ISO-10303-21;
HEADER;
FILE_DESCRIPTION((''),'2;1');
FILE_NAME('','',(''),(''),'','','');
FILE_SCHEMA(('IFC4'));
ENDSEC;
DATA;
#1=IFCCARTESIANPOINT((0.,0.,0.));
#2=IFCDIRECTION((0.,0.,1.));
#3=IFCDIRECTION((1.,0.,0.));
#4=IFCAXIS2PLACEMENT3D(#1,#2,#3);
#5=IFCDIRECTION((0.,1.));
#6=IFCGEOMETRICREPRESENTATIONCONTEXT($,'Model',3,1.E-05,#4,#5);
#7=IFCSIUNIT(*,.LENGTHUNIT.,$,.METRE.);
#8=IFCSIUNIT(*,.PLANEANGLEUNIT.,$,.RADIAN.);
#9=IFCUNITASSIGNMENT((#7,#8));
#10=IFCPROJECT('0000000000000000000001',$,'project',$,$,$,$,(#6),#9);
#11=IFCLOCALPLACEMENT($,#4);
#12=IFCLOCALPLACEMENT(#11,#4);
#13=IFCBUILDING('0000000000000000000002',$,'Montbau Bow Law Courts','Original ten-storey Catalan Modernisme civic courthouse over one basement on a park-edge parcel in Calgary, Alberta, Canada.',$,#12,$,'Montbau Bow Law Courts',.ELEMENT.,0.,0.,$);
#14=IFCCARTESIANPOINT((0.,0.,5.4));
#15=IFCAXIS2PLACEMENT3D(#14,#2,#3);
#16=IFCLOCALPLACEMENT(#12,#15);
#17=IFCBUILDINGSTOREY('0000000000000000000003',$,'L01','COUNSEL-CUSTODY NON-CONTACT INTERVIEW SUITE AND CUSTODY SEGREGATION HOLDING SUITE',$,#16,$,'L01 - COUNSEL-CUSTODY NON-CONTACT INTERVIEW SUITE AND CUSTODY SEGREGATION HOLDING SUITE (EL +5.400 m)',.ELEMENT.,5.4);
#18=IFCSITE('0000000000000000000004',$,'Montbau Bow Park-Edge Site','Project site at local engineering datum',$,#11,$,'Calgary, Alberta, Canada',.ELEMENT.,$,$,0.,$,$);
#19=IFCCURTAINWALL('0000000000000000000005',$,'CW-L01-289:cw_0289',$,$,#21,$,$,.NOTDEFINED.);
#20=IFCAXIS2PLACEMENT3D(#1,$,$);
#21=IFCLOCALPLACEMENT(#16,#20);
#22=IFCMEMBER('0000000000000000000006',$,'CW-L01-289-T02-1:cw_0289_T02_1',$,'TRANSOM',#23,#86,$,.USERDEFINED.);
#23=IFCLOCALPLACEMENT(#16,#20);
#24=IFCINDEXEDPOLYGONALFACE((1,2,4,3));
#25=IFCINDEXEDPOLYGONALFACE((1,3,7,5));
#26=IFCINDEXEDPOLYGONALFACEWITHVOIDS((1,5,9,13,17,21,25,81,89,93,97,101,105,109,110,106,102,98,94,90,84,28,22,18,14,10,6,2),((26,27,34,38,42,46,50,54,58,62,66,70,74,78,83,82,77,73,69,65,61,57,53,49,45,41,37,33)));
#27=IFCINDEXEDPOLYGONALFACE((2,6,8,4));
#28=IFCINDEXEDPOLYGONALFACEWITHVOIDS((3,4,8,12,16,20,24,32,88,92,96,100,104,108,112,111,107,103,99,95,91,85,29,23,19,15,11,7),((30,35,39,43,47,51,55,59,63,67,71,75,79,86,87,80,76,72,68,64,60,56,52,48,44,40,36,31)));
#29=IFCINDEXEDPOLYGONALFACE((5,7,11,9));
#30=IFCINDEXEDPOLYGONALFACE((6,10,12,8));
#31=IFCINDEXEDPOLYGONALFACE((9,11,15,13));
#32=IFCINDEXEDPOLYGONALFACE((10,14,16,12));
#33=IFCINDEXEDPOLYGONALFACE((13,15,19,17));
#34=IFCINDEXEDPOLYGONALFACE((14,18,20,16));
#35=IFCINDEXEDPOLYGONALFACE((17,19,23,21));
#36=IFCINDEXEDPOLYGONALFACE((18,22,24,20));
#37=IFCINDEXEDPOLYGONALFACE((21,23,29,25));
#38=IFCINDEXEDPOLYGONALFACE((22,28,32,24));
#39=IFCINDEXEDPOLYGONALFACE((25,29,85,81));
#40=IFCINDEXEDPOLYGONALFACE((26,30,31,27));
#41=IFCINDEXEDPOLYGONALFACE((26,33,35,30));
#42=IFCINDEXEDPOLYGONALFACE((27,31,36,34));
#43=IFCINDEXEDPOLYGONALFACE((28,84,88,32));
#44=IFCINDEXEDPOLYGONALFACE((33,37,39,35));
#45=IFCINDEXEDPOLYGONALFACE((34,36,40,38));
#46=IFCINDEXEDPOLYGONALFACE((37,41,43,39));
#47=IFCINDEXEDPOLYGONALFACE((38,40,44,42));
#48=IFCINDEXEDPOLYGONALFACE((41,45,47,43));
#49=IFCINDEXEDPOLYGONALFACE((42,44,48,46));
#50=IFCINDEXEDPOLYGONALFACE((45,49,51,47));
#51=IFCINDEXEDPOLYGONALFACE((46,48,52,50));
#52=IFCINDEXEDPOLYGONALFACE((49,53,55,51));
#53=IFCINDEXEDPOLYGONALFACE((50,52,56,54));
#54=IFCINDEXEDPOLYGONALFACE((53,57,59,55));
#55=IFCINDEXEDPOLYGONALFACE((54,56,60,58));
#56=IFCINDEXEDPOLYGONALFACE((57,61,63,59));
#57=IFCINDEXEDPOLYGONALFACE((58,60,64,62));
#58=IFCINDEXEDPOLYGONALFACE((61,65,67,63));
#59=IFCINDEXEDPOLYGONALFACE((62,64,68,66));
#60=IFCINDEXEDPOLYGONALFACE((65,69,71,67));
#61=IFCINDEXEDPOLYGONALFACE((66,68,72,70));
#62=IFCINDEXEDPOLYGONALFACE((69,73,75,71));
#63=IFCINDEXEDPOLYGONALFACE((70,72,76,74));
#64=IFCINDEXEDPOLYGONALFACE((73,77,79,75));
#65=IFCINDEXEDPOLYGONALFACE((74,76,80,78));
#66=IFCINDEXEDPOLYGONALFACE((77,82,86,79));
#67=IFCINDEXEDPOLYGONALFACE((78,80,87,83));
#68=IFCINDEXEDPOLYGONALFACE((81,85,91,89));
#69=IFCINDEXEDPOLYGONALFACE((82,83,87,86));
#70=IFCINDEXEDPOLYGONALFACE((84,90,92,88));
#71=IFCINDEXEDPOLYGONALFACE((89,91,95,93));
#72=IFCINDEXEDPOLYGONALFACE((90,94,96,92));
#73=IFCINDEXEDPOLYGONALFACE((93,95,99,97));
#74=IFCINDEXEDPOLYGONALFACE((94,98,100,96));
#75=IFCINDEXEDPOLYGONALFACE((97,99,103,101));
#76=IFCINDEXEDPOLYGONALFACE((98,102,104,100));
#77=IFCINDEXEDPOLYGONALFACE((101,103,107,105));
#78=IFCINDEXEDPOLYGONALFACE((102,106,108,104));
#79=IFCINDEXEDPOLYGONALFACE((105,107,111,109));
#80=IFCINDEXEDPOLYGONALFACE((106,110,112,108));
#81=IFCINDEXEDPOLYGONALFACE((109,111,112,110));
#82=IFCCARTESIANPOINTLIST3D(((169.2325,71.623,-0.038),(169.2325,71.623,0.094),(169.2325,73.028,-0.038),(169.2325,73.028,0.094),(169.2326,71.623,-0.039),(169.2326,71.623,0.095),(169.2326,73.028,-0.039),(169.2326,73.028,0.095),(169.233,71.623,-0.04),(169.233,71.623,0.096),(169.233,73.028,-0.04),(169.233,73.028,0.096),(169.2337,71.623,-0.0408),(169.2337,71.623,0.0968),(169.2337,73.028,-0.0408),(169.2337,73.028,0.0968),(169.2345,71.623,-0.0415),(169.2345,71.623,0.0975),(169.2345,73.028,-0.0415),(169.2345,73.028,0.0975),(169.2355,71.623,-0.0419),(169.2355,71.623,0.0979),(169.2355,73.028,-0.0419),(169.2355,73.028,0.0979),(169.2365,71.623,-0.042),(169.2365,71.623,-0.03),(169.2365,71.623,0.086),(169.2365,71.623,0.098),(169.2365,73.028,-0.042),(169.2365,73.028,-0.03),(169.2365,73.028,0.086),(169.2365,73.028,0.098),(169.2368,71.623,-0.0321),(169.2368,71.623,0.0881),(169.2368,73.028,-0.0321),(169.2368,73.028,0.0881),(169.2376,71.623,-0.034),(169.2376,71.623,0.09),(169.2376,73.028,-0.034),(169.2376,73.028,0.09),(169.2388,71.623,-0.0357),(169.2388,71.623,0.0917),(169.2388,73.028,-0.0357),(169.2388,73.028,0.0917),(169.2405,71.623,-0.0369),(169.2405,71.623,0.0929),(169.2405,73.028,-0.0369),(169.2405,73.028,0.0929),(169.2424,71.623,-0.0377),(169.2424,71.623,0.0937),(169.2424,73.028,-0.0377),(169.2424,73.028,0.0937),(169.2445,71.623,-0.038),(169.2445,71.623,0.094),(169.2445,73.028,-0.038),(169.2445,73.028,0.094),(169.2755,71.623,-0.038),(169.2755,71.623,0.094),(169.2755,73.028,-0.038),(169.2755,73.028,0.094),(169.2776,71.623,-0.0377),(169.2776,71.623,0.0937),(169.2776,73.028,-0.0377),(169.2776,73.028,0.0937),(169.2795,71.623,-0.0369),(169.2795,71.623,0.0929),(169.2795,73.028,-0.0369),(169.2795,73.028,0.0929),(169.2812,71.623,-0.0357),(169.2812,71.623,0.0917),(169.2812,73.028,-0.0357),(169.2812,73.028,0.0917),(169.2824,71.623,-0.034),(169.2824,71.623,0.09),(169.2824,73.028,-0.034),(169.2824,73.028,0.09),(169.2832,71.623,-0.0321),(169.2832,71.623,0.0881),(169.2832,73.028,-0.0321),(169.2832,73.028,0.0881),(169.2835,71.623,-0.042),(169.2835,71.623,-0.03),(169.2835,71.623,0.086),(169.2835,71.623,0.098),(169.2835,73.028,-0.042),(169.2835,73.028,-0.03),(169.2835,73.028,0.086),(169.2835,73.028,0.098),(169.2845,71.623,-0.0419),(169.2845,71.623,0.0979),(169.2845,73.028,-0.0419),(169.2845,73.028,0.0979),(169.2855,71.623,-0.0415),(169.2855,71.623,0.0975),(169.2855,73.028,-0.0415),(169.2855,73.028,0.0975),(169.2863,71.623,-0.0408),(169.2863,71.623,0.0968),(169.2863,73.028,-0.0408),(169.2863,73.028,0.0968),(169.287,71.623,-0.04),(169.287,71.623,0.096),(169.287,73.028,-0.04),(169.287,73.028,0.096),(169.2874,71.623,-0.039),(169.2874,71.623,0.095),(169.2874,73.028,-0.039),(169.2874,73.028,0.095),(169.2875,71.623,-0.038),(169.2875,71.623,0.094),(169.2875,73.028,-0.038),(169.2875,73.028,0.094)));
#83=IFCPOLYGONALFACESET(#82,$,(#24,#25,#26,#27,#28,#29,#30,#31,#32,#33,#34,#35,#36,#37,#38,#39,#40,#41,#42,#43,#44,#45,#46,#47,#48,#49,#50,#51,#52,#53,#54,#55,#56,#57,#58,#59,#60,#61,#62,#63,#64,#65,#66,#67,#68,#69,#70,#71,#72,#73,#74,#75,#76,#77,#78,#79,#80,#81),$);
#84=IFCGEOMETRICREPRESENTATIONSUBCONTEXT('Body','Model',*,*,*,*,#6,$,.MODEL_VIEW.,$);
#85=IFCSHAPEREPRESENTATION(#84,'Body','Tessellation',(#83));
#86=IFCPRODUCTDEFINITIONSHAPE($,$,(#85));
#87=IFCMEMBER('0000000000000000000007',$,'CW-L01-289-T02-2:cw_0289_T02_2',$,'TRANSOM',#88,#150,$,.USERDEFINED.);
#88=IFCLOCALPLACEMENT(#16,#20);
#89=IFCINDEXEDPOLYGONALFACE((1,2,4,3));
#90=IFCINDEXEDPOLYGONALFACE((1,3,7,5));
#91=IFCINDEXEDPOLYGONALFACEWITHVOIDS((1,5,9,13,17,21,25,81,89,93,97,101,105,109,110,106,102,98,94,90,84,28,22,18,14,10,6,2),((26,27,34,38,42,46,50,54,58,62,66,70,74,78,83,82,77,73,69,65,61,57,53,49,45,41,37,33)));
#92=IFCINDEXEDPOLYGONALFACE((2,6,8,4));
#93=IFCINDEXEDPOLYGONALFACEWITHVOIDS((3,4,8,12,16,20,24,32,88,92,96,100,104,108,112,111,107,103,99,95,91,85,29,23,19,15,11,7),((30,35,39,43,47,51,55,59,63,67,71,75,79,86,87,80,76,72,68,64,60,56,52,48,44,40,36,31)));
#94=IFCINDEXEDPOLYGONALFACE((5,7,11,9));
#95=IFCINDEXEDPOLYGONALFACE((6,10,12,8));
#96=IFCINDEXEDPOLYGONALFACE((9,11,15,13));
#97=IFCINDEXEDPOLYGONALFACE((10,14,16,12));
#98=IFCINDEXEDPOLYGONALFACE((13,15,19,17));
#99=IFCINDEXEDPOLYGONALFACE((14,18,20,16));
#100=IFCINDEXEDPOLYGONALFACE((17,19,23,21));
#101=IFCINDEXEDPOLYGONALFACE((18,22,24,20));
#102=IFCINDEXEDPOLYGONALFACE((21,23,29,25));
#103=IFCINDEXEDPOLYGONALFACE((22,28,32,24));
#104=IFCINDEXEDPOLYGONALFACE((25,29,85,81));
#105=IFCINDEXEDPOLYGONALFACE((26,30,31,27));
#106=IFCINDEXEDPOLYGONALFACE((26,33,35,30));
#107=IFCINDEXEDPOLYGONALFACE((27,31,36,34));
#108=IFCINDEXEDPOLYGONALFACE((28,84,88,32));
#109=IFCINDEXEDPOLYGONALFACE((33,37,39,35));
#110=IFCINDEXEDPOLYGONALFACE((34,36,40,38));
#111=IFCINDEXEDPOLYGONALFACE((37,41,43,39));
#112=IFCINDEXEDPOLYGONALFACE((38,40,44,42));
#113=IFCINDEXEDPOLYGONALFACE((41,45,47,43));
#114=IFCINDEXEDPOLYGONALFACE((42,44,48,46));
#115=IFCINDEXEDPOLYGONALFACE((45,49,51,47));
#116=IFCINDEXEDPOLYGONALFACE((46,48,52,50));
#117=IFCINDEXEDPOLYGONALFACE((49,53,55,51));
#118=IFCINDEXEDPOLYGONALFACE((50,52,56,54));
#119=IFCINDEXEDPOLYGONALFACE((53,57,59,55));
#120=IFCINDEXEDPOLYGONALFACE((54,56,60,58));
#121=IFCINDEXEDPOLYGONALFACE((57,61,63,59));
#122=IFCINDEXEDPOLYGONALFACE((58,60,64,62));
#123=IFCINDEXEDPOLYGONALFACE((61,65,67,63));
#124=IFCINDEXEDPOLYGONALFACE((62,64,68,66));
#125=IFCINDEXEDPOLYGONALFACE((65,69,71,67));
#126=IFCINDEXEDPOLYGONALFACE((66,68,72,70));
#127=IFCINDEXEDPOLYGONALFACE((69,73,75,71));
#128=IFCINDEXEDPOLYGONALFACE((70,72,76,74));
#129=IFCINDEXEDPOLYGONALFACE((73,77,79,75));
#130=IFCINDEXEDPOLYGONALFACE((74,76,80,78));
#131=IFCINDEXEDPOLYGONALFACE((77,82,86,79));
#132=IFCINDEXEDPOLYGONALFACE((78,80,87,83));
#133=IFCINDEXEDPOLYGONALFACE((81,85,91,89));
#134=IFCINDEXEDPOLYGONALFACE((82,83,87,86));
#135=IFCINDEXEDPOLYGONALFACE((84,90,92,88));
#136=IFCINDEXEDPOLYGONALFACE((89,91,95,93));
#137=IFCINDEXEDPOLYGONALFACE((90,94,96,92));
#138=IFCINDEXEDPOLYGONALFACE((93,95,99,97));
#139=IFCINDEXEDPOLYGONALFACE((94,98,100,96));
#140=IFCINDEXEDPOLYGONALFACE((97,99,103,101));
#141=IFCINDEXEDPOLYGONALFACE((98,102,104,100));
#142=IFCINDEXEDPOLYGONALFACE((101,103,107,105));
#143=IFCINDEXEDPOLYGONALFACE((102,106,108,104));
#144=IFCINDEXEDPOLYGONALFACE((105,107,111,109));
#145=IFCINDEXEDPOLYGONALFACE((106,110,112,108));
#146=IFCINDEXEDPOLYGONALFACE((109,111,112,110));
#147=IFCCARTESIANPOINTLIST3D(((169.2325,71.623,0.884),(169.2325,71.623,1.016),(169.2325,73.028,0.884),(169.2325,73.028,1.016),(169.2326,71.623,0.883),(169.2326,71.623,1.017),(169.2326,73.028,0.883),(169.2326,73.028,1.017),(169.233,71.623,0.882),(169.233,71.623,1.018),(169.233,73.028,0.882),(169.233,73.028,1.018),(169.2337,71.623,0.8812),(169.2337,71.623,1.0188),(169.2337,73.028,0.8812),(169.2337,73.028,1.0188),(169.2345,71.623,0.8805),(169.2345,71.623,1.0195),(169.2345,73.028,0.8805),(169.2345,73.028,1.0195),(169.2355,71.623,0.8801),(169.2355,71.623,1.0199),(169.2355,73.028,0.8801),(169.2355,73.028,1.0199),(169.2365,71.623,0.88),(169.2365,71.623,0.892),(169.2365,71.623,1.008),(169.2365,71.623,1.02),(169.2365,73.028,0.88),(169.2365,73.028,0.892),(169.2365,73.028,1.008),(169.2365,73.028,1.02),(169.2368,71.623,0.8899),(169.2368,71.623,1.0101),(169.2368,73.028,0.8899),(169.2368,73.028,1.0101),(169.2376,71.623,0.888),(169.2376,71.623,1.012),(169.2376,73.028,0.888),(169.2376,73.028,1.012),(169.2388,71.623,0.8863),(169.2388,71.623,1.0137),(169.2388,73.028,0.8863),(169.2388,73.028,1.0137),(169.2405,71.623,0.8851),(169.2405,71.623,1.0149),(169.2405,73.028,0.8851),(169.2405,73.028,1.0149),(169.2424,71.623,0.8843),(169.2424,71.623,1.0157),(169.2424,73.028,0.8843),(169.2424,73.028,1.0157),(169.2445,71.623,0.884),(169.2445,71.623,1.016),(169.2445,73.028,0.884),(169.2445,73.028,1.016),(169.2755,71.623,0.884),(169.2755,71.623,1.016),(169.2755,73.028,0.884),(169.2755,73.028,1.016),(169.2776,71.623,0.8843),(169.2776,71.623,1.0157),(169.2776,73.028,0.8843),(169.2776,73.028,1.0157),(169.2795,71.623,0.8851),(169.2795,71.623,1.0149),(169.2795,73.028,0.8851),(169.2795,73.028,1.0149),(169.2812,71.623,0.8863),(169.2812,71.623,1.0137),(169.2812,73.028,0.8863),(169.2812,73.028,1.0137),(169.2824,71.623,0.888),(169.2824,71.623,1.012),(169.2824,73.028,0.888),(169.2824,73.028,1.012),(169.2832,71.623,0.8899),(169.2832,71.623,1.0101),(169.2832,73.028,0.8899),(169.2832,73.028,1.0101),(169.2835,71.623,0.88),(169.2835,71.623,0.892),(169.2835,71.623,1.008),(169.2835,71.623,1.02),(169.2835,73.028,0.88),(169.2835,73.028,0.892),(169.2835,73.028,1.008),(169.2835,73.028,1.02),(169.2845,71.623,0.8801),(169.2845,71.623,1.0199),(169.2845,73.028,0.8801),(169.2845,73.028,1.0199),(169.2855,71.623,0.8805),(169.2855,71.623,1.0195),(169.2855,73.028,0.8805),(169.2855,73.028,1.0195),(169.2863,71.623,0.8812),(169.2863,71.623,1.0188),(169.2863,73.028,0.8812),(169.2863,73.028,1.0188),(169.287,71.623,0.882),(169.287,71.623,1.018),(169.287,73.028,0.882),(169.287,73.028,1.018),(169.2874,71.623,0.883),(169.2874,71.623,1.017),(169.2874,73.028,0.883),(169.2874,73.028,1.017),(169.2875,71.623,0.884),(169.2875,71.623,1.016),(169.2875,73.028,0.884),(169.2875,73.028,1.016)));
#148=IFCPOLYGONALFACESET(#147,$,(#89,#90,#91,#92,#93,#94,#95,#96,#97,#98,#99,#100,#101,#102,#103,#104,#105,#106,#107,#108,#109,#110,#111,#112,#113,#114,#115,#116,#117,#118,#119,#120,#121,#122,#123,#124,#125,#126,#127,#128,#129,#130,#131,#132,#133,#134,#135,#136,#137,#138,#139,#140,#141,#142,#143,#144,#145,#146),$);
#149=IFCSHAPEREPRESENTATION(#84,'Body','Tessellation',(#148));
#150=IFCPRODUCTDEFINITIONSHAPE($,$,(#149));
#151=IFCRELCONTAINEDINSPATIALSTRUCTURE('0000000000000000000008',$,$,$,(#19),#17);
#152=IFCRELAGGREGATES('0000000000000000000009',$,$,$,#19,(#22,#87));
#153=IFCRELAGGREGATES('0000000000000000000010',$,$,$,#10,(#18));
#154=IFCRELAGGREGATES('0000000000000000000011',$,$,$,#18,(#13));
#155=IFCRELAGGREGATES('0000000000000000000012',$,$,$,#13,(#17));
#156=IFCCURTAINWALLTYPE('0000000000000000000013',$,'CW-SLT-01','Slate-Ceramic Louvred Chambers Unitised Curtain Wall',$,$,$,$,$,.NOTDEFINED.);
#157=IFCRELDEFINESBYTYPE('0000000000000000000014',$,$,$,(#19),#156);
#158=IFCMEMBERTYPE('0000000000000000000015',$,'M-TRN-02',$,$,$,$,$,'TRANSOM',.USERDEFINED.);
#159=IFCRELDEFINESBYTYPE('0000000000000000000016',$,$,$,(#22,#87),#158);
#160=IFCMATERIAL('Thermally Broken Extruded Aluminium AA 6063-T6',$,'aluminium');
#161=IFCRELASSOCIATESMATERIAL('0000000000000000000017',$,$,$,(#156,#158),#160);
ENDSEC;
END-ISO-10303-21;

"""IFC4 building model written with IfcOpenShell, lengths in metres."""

from ifc_helpers import new_model, si_unit, direction, frame, origin_with_axes, origin_2d_with_axis, place, context, subcontext, project, spatial, hollow_rectangle, extrude, material, material_profile, profile_set, type_object, element, aggregate, save


model = new_model("IFC4")

# Units and contexts
model_context = context("Model", 3, precision=1e-05, world=origin_with_axes(), true_north=direction((0.0, 1.0)))
body_context = subcontext(model_context, "Body", "Model", "MODEL_VIEW")
ifc_project = project(units=[si_unit("LENGTHUNIT", "METRE"), si_unit("PLANEANGLEUNIT", "RADIAN")], contexts=[model_context])

# Site, building, storey
site_placement = place(None, origin_with_axes())
site = spatial("IfcSite", under=ifc_project, at=site_placement, Name="Montbau Bow Park-Edge Site", Description="Project site at local engineering datum", LongName="Calgary, Alberta, Canada", CompositionType="ELEMENT", RefElevation=0.0)
building_placement = place(site_placement, origin_with_axes())
building = spatial("IfcBuilding", under=site, at=building_placement, Name="Montbau Bow Law Courts", Description="Original ten-storey Catalan Modernisme civic courthouse over one basement on a park-edge parcel in Calgary, Alberta, Canada.", LongName="Montbau Bow Law Courts", CompositionType="ELEMENT", ElevationOfRefHeight=0.0, ElevationOfTerrain=0.0)
storey_placement = place(building_placement, frame((0.0, 0.0, 5.4), z_axis=(0.0, 0.0, 1.0), x_axis=(1.0, 0.0, 0.0)))
storey = spatial("IfcBuildingStorey", under=building, at=storey_placement, Name="L01", Description="COUNSEL-CUSTODY NON-CONTACT INTERVIEW SUITE AND CUSTODY SEGREGATION HOLDING SUITE", LongName="L01 - COUNSEL-CUSTODY NON-CONTACT INTERVIEW SUITE AND CUSTODY SEGREGATION HOLDING SUITE (EL +5.400 m)", CompositionType="ELEMENT", Elevation=5.4)

# Shared definitions
ifc_material_1 = material(Name="Thermally Broken Extruded Aluminium AA 6063-T6", Category="aluminium")
curtain_wall_type = type_object("IfcCurtainWallType", Name="CW-SLT-01", Description="Slate-Ceramic Louvred Chambers Unitised Curtain Wall", PredefinedType="NOTDEFINED", material=ifc_material_1)

# Curtain wall, members
curtain_wall_1_placement = place(None, frame((169.26, 70.115, 5.4), z_axis=(0.0, 0.0, 1.0), x_axis=(1.0, 0.0, 0.0)))
curtain_wall_1 = element("IfcCurtainWall", 1, at=curtain_wall_1_placement, inside=storey, type_object=curtain_wall_type, Name="CW-L01-289:cw_0289", PredefinedType="NOTDEFINED")
ifc_material_profile_1 = material_profile(ifc_material_1, hollow_rectangle(XDim=0.055, YDim=0.14, WallThickness=0.004, InnerFilletRadius=0.008, OuterFilletRadius=0.004, at=origin_2d_with_axis()), Name="CWT-140X55", Category="Main", Priority=0)
ifc_profile_set_1 = profile_set([ifc_material_profile_1], Name="Thermally Broken Extruded Aluminium AA 6063-T6")
member_type_1 = type_object("IfcMemberType", Name="M-TRN-02", ElementType="TRANSOM", PredefinedType="USERDEFINED", material=ifc_profile_set_1)
member_1_placement = place(None, frame((169.26, 71.623, 5.428), z_axis=(0.0, 1.0, 0.0), x_axis=(-1.0, 0.0, 0.0)))
member_1 = element("IfcMember", 2, at=member_1_placement, type_object=member_type_1, Name="CW-L01-289-T02-1:cw_0289_T02_1", ObjectType="TRANSOM", PredefinedType="USERDEFINED", context=body_context, shape_type="SweptSolid", body=[
    extrude(hollow_rectangle(XDim=0.055, YDim=0.14, WallThickness=0.004, InnerFilletRadius=0.008, OuterFilletRadius=0.004, at=origin_2d_with_axis()), origin_with_axes(), (0.0, 0.0, 1.0), 1.405),
])
member_2_placement = place(None, frame((169.26, 71.623, 6.35), z_axis=(0.0, 1.0, 0.0), x_axis=(-1.0, 0.0, 0.0)))
member_2 = element("IfcMember", 3, at=member_2_placement, type_object=member_type_1, Name="CW-L01-289-T02-2:cw_0289_T02_2", ObjectType="TRANSOM", PredefinedType="USERDEFINED", context=body_context, shape_type="SweptSolid", body=[
    extrude(hollow_rectangle(XDim=0.055, YDim=0.14, WallThickness=0.004, InnerFilletRadius=0.008, OuterFilletRadius=0.004, at=origin_2d_with_axis()), origin_with_axes(), (0.0, 0.0, 1.0), 1.405),
])
aggregate(curtain_wall_1, [member_1, member_2])

save(model, "model.ifc")
